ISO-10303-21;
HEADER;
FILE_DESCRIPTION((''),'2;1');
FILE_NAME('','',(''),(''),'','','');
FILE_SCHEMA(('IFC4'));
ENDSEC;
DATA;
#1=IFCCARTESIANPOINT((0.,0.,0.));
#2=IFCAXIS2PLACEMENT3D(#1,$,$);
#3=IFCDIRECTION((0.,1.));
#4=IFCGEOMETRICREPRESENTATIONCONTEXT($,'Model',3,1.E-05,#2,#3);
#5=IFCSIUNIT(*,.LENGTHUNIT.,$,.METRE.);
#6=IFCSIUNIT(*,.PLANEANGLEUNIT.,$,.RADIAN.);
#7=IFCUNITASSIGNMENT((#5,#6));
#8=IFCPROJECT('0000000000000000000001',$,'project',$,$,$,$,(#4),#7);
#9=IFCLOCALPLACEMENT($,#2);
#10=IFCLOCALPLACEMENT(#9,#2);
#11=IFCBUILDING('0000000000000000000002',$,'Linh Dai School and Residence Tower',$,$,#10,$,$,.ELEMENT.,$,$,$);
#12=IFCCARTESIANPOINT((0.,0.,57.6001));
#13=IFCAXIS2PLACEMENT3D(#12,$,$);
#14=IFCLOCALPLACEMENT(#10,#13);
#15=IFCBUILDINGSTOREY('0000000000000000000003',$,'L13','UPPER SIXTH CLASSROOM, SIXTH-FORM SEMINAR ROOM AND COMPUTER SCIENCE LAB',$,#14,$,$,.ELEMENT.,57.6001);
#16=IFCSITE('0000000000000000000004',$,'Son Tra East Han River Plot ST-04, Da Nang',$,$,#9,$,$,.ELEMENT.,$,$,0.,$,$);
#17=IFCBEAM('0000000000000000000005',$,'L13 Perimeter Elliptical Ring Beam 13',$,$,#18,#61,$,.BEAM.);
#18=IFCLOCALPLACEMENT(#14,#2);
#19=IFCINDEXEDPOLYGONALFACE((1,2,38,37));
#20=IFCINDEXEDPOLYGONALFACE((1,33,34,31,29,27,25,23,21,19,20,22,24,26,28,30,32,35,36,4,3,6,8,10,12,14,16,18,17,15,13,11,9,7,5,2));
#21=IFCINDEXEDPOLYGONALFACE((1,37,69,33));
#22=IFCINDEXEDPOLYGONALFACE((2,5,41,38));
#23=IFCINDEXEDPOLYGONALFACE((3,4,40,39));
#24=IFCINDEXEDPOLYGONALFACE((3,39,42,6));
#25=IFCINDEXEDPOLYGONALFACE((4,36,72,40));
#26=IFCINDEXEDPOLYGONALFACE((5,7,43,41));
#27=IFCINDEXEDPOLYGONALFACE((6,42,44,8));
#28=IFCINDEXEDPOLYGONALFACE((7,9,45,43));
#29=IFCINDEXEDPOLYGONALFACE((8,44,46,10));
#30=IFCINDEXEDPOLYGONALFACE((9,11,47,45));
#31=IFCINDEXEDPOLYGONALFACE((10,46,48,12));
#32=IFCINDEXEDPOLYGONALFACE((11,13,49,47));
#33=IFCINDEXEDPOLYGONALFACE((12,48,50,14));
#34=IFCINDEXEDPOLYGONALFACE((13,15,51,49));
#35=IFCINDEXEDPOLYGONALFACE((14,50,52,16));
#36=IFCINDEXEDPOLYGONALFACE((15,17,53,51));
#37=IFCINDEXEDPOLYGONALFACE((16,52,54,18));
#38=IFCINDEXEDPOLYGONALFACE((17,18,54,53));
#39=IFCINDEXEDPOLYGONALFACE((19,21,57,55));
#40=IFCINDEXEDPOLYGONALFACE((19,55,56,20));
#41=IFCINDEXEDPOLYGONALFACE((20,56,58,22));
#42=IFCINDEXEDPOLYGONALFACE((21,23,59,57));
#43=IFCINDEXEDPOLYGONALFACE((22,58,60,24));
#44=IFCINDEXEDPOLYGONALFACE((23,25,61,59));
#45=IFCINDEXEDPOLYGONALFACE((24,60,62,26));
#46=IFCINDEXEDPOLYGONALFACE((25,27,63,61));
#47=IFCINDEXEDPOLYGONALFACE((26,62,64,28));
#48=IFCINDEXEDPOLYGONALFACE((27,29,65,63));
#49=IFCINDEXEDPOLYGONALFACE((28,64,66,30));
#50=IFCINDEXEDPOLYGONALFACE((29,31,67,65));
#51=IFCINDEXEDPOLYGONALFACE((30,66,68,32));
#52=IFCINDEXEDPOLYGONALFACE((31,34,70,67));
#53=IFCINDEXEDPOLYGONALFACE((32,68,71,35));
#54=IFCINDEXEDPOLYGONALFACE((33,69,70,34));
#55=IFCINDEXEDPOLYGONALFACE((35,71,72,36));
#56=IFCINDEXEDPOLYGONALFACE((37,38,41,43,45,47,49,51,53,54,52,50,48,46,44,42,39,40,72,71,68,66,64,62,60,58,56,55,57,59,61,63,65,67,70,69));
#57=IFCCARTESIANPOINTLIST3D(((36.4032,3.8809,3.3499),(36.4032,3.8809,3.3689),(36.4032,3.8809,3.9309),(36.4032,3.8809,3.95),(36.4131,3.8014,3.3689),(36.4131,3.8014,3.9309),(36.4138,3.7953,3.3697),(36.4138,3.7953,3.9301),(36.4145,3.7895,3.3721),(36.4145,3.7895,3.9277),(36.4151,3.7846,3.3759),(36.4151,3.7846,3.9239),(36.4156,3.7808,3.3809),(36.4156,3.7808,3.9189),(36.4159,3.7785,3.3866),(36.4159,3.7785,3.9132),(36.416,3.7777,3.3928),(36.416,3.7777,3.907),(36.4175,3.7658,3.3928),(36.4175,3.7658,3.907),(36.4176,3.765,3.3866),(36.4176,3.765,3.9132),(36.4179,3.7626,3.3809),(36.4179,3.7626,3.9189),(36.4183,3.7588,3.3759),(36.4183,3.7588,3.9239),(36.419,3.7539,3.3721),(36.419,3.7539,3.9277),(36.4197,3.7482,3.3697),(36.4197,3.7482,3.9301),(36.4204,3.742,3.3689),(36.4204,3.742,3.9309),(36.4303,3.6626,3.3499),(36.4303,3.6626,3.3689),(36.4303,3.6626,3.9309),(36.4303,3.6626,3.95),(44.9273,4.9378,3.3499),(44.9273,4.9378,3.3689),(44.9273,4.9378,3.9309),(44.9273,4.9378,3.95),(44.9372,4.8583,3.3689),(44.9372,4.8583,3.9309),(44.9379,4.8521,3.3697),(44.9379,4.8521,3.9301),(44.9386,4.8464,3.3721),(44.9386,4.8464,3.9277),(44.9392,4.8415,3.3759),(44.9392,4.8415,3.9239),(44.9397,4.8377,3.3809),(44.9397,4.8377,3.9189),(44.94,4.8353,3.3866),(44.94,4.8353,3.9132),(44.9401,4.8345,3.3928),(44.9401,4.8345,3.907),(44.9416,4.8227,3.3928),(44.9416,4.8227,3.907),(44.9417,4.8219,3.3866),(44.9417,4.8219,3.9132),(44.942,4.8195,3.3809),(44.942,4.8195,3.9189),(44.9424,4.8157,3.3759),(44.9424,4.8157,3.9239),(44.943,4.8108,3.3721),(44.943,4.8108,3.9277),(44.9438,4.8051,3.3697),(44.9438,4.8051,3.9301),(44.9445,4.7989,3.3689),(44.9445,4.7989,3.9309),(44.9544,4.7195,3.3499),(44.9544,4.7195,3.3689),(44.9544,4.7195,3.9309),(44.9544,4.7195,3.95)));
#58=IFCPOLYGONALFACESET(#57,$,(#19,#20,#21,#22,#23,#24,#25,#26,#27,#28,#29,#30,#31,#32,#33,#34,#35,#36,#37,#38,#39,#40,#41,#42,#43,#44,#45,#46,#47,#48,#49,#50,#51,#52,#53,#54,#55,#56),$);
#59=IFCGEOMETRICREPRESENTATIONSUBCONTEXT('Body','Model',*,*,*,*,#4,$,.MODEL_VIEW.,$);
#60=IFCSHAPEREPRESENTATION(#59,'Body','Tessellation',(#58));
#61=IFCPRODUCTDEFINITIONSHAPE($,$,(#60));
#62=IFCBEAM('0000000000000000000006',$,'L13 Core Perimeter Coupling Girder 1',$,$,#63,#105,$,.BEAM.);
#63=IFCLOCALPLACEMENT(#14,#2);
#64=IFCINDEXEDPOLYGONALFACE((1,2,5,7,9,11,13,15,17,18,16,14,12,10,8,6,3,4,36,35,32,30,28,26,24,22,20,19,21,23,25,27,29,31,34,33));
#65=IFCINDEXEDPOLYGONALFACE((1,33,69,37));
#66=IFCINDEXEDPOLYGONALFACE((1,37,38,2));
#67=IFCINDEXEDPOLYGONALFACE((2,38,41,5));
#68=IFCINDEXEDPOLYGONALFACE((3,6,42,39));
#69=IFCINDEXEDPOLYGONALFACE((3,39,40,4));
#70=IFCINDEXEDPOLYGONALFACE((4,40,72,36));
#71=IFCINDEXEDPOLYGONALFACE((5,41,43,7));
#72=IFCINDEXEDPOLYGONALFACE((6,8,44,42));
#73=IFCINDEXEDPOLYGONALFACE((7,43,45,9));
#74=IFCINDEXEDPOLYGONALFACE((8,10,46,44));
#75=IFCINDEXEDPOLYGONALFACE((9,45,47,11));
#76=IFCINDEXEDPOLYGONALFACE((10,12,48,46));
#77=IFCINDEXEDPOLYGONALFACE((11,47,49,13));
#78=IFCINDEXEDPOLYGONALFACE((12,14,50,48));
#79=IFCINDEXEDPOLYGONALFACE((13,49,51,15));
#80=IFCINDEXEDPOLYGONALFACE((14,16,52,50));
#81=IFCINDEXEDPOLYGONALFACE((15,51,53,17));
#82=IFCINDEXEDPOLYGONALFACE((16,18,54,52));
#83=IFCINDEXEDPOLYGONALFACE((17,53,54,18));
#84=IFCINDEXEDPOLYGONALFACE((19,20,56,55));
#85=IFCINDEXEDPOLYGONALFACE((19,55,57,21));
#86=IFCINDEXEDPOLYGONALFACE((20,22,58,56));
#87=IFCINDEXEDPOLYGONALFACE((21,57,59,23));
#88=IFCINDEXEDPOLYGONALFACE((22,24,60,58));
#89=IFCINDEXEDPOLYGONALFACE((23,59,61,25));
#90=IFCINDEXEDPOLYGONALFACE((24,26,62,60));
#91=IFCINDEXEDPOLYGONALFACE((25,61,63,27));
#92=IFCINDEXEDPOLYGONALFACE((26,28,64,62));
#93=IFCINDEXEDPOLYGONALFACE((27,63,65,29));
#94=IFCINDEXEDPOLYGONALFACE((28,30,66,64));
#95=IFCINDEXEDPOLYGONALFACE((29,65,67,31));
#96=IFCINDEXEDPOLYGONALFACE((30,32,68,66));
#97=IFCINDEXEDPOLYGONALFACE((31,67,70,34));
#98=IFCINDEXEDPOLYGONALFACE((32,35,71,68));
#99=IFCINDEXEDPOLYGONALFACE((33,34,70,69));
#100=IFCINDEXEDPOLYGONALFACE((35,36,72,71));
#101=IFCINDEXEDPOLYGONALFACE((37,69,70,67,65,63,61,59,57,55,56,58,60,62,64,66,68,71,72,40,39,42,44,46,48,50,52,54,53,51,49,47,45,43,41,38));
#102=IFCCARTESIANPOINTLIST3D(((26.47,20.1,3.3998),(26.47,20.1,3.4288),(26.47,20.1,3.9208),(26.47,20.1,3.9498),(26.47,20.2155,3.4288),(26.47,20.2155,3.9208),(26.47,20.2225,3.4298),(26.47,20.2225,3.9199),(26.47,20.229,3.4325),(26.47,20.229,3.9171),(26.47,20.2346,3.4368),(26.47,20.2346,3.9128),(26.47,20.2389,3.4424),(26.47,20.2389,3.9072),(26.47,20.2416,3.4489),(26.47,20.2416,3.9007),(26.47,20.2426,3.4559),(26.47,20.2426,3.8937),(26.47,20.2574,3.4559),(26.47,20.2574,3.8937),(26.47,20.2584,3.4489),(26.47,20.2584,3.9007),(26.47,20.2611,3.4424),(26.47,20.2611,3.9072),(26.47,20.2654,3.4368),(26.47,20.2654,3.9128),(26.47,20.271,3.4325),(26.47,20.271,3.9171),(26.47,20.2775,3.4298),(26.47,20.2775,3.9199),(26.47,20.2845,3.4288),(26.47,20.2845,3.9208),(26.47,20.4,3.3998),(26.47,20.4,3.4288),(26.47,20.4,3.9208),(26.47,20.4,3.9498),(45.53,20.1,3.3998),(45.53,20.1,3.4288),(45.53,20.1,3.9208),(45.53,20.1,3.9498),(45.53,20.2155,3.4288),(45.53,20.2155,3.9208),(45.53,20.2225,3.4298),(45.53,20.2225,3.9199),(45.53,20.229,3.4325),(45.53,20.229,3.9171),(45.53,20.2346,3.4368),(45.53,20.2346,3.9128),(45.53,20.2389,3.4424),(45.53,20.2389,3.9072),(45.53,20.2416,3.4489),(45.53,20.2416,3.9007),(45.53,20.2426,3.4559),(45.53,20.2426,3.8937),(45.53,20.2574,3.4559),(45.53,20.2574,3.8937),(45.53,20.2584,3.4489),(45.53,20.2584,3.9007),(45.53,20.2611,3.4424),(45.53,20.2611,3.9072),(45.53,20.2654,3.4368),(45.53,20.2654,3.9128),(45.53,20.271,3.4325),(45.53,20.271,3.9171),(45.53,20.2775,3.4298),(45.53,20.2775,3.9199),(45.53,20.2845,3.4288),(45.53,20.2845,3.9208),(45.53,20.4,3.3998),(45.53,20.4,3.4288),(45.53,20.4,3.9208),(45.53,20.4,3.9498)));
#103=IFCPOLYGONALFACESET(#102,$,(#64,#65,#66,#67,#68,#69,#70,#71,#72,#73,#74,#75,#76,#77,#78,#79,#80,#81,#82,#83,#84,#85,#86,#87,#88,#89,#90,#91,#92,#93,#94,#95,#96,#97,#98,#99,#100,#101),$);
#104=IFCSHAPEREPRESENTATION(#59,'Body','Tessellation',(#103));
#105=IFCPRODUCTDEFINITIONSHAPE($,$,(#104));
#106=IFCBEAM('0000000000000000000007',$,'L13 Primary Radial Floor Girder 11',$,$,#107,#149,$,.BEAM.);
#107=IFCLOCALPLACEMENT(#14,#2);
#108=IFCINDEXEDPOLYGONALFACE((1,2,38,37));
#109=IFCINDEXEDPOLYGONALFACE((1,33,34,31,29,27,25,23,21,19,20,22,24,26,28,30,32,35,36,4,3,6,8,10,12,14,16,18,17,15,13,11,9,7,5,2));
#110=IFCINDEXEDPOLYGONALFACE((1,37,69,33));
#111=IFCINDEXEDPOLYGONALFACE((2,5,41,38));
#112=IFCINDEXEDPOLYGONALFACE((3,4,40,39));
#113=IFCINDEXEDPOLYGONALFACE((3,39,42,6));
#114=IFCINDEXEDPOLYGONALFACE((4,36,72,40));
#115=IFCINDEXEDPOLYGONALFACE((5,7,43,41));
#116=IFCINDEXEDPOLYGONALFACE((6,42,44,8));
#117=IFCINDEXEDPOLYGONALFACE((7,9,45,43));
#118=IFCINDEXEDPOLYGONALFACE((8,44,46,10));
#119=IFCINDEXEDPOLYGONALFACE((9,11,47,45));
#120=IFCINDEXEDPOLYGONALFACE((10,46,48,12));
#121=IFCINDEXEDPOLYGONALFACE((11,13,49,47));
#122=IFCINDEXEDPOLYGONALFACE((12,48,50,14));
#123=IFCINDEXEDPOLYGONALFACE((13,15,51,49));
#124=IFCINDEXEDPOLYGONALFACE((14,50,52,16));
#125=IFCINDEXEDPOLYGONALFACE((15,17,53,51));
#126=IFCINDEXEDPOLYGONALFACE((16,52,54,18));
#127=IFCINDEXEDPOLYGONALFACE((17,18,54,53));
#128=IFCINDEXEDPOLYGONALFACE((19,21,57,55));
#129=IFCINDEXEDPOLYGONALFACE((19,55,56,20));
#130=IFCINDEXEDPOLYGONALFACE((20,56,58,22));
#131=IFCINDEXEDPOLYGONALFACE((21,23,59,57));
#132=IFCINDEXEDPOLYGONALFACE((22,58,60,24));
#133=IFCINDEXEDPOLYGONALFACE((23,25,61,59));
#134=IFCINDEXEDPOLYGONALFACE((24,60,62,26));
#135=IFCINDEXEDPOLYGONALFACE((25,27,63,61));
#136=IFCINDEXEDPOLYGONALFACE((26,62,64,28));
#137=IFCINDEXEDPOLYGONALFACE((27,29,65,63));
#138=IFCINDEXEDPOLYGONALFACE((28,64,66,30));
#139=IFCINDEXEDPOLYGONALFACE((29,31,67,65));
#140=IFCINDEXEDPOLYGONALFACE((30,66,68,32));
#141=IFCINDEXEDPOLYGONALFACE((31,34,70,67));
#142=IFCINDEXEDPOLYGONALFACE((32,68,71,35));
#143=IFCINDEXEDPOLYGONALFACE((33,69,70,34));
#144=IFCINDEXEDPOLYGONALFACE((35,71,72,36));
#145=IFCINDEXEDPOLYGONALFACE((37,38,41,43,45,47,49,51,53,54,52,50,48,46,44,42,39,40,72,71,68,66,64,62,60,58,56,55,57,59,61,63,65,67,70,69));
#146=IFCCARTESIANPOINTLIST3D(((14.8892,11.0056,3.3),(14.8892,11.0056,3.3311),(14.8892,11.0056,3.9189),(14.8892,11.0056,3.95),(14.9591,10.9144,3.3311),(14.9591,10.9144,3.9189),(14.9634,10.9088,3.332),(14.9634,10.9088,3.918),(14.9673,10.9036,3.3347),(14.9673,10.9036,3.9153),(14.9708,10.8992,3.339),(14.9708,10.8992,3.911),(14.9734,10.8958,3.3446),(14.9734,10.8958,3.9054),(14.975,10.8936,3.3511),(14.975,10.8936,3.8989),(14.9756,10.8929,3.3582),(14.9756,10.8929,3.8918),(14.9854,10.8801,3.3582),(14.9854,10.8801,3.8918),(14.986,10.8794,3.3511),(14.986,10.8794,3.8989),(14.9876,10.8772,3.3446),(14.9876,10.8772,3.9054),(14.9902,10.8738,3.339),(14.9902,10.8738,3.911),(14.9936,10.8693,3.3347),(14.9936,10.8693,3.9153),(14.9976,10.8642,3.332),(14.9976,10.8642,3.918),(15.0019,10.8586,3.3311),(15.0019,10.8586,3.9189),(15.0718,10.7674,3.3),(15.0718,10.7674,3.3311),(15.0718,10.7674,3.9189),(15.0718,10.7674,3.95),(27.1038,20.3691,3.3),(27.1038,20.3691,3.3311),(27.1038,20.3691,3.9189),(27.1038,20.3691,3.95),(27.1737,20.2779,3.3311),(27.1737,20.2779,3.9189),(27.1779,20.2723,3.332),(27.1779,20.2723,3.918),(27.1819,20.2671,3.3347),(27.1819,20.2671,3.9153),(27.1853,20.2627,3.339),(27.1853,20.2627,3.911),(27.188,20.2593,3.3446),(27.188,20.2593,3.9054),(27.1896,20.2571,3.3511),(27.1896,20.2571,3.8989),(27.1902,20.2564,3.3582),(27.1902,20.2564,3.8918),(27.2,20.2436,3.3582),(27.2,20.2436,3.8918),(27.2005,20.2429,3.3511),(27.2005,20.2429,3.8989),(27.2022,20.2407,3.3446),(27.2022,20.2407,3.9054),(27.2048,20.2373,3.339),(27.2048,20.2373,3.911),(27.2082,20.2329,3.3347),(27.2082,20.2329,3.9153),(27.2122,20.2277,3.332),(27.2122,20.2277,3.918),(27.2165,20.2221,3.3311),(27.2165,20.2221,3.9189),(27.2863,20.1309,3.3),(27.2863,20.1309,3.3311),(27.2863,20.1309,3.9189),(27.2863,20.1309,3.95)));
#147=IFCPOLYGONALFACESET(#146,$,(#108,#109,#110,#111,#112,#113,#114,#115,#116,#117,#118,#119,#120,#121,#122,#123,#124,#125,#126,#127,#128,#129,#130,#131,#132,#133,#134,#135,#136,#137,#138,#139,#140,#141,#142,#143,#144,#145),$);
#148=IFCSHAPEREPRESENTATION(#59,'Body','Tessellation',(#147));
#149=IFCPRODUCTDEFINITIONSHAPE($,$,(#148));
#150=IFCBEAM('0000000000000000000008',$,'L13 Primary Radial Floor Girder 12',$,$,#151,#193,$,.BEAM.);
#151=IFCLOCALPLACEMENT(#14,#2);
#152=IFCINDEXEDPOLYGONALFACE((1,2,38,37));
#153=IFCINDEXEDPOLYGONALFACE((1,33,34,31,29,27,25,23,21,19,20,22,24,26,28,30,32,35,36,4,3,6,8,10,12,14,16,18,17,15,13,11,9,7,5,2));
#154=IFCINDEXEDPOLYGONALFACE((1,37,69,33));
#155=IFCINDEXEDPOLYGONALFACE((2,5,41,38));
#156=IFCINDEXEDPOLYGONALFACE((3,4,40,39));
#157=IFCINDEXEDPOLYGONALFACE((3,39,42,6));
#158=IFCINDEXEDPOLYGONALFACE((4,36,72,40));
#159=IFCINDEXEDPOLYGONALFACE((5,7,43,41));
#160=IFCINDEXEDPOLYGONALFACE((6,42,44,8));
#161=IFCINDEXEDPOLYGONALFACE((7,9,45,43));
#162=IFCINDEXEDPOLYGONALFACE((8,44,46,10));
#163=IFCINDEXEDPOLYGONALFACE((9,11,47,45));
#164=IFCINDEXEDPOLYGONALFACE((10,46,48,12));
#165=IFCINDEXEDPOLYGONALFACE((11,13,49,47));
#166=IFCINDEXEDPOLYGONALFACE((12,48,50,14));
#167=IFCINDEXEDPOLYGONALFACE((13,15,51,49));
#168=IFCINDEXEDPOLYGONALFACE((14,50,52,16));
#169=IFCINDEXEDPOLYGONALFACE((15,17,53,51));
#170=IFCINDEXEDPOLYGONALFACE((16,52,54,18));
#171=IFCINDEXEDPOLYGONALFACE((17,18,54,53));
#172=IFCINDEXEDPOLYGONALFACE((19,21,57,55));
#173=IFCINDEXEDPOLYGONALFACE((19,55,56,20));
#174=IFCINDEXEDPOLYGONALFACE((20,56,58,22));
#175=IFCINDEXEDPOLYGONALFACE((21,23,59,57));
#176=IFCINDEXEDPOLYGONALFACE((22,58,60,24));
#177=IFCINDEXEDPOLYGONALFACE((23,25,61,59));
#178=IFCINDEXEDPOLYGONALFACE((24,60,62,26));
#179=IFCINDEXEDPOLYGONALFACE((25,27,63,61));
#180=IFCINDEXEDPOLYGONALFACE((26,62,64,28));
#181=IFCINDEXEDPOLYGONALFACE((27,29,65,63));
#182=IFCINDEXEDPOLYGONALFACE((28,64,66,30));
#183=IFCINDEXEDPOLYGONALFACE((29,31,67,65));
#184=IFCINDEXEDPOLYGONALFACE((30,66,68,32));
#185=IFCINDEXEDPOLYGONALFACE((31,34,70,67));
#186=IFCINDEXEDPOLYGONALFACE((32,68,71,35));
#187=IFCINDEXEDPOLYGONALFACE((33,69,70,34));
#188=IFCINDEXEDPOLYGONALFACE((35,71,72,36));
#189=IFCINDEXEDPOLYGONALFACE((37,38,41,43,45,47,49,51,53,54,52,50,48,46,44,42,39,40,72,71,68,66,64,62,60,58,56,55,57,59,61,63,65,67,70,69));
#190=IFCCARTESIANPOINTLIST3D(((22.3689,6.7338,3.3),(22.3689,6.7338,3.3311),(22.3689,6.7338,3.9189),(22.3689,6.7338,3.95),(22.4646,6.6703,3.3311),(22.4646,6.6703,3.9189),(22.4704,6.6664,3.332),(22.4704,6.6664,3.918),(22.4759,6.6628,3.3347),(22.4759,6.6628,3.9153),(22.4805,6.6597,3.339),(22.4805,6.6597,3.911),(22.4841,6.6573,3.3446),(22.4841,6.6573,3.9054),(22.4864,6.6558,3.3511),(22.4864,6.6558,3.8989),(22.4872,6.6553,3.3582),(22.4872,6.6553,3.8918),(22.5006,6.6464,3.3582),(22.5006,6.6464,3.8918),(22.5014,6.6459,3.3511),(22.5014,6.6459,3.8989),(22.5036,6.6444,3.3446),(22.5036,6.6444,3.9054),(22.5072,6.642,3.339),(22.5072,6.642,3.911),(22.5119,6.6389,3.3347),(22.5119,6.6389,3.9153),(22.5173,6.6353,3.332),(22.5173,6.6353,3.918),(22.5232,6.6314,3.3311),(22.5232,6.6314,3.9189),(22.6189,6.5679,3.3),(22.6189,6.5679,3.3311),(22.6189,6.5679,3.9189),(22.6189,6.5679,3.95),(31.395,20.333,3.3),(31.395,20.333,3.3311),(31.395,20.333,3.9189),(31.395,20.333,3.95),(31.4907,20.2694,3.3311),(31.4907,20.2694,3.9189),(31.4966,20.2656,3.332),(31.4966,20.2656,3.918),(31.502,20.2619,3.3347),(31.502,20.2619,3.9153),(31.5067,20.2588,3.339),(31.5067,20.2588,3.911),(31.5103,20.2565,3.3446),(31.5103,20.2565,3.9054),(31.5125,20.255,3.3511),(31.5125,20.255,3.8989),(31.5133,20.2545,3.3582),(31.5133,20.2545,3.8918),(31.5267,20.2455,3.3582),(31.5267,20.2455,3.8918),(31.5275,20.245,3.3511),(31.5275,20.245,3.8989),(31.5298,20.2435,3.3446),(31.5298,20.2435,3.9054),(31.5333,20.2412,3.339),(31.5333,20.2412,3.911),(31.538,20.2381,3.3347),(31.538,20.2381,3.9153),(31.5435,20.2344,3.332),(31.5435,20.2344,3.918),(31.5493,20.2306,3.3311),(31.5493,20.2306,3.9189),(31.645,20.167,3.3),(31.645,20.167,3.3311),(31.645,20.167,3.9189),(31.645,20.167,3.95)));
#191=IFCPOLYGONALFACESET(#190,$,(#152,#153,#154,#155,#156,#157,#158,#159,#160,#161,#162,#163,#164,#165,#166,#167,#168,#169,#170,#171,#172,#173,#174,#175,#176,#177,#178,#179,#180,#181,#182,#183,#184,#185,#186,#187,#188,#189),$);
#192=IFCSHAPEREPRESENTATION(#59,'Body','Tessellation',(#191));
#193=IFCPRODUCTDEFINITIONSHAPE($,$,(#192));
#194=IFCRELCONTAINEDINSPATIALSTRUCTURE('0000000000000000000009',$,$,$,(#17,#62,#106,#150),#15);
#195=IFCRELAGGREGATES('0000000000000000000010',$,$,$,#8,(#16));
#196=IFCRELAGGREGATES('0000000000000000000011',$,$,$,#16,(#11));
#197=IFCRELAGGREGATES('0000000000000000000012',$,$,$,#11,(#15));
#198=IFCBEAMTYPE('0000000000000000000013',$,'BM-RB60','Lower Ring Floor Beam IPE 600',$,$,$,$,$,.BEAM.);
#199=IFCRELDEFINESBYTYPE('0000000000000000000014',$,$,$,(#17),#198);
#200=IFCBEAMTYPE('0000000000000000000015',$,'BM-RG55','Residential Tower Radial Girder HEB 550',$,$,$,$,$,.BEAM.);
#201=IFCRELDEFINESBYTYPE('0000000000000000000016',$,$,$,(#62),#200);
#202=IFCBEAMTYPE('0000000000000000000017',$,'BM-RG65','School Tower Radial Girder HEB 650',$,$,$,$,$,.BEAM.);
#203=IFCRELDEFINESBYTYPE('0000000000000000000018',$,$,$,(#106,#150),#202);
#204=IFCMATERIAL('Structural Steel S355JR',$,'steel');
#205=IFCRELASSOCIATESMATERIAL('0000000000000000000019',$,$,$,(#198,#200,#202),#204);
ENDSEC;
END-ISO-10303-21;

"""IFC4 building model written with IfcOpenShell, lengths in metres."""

from ifc_helpers import new_model, si_unit, direction, frame, origin, origin_2d, place, context, subcontext, project, spatial, i_section, extrude, material, material_profile, profile_set, type_object, element, save


model = new_model("IFC4")

# Units and contexts
model_context = context("Model", 3, precision=1e-05, world=origin(), true_north=direction((0.0, 1.0)))
body_context = subcontext(model_context, "Body", "Model", "MODEL_VIEW")
ifc_project = project(units=[si_unit("LENGTHUNIT", "METRE"), si_unit("PLANEANGLEUNIT", "RADIAN")], contexts=[model_context])

# Site, building, storey
site_placement = place(None, origin())
site = spatial("IfcSite", under=ifc_project, at=site_placement, Name="Son Tra East Han River Plot ST-04, Da Nang", CompositionType="ELEMENT", RefElevation=0.0)
building_placement = place(site_placement, origin())
building = spatial("IfcBuilding", under=site, at=building_placement, Name="Linh Dai School and Residence Tower", CompositionType="ELEMENT")
storey_placement = place(building_placement, frame((0.0, 0.0, 57.6001)))
storey = spatial("IfcBuildingStorey", under=building, at=storey_placement, Name="L13", Description="UPPER SIXTH CLASSROOM, SIXTH-FORM SEMINAR ROOM AND COMPUTER SCIENCE LAB", CompositionType="ELEMENT", Elevation=57.6001)

# Shared definitions
ifc_material_1 = material(Name="Structural Steel S355JR", Category="steel")

# Beams
ifc_material_profile_1 = material_profile(ifc_material_1, i_section(OverallWidth=0.22, OverallDepth=0.6001, WebThickness=0.012, FlangeThickness=0.019, FilletRadius=0.0239, at=origin_2d()), Name="IPE 600")
ifc_profile_set_1 = profile_set([ifc_material_profile_1], Name="Structural Steel S355JR")
beam_type_1 = type_object("IfcBeamType", Name="BM-RB60", Description="Lower Ring Floor Beam IPE 600", PredefinedType="BEAM", material=ifc_profile_set_1)
beam_1_placement = place(storey_placement, frame((36.4167, 3.7717, 3.6499), z_axis=(0.992401, 0.123045, 0.0), x_axis=(-0.123045, 0.992401, 0.0)))
element("IfcBeam", 1, at=beam_1_placement, inside=storey, type_object=beam_type_1, Name="L13 Perimeter Elliptical Ring Beam 13", PredefinedType="BEAM", context=body_context, shape_type="SweptSolid", body=[
    extrude(i_section(OverallWidth=0.22, OverallDepth=0.6001, WebThickness=0.012, FlangeThickness=0.019, FilletRadius=0.0239, at=origin_2d()), origin(), (0.0, 0.0, 1.0), 8.5894),
])
ifc_material_profile_2 = material_profile(ifc_material_1, i_section(OverallWidth=0.3, OverallDepth=0.55, WebThickness=0.0149, FlangeThickness=0.0291, FilletRadius=0.0271, at=origin_2d()), Name="HEB 550")
ifc_profile_set_2 = profile_set([ifc_material_profile_2], Name="Structural Steel S355JR")
beam_type_2 = type_object("IfcBeamType", Name="BM-RG55", Description="Residential Tower Radial Girder HEB 550", PredefinedType="BEAM", material=ifc_profile_set_2)
beam_2_placement = place(storey_placement, frame((26.47, 20.25, 3.6748), z_axis=(1.0, 0.0, 0.0), x_axis=(0.0, 1.0, 0.0)))
element("IfcBeam", 2, at=beam_2_placement, inside=storey, type_object=beam_type_2, Name="L13 Core Perimeter Coupling Girder 1", PredefinedType="BEAM", context=body_context, shape_type="SweptSolid", body=[
    extrude(i_section(OverallWidth=0.3, OverallDepth=0.55, WebThickness=0.0149, FlangeThickness=0.0291, FilletRadius=0.0271, at=origin_2d()), origin(), (0.0, 0.0, 1.0), 19.0601),
])
ifc_material_profile_3 = material_profile(ifc_material_1, i_section(OverallWidth=0.3, OverallDepth=0.6499, WebThickness=0.0161, FlangeThickness=0.031, FilletRadius=0.0271, at=origin_2d()), Name="HEB 650")
ifc_profile_set_3 = profile_set([ifc_material_profile_3], Name="Structural Steel S355JR")
beam_type_3 = type_object("IfcBeamType", Name="BM-RG65", Description="School Tower Radial Girder HEB 650", PredefinedType="BEAM", material=ifc_profile_set_3)
beam_3_placement = place(storey_placement, frame((27.1951, 20.25, 3.625), z_axis=(-0.793638, -0.608391, 0.0), x_axis=(0.608391, -0.793638, 0.0)))
element("IfcBeam", 3, at=beam_3_placement, inside=storey, type_object=beam_type_3, Name="L13 Primary Radial Floor Girder 11", PredefinedType="BEAM", context=body_context, shape_type="SweptSolid", body=[
    extrude(i_section(OverallWidth=0.3, OverallDepth=0.6499, WebThickness=0.0161, FlangeThickness=0.031, FilletRadius=0.0271, at=origin_2d()), origin(), (0.0, 0.0, 1.0), 15.3906),
])
beam_4_placement = place(storey_placement, frame((31.52, 20.25, 3.625), z_axis=(-0.553004, -0.833178, 0.0), x_axis=(0.833178, -0.553004, 0.0)))
element("IfcBeam", 4, at=beam_4_placement, inside=storey, type_object=beam_type_3, Name="L13 Primary Radial Floor Girder 12", PredefinedType="BEAM", context=body_context, shape_type="SweptSolid", body=[
    extrude(i_section(OverallWidth=0.3, OverallDepth=0.6499, WebThickness=0.0161, FlangeThickness=0.031, FilletRadius=0.0271, at=origin_2d()), origin(), (0.0, 0.0, 1.0), 16.322),
])

save(model, "model.ifc")
